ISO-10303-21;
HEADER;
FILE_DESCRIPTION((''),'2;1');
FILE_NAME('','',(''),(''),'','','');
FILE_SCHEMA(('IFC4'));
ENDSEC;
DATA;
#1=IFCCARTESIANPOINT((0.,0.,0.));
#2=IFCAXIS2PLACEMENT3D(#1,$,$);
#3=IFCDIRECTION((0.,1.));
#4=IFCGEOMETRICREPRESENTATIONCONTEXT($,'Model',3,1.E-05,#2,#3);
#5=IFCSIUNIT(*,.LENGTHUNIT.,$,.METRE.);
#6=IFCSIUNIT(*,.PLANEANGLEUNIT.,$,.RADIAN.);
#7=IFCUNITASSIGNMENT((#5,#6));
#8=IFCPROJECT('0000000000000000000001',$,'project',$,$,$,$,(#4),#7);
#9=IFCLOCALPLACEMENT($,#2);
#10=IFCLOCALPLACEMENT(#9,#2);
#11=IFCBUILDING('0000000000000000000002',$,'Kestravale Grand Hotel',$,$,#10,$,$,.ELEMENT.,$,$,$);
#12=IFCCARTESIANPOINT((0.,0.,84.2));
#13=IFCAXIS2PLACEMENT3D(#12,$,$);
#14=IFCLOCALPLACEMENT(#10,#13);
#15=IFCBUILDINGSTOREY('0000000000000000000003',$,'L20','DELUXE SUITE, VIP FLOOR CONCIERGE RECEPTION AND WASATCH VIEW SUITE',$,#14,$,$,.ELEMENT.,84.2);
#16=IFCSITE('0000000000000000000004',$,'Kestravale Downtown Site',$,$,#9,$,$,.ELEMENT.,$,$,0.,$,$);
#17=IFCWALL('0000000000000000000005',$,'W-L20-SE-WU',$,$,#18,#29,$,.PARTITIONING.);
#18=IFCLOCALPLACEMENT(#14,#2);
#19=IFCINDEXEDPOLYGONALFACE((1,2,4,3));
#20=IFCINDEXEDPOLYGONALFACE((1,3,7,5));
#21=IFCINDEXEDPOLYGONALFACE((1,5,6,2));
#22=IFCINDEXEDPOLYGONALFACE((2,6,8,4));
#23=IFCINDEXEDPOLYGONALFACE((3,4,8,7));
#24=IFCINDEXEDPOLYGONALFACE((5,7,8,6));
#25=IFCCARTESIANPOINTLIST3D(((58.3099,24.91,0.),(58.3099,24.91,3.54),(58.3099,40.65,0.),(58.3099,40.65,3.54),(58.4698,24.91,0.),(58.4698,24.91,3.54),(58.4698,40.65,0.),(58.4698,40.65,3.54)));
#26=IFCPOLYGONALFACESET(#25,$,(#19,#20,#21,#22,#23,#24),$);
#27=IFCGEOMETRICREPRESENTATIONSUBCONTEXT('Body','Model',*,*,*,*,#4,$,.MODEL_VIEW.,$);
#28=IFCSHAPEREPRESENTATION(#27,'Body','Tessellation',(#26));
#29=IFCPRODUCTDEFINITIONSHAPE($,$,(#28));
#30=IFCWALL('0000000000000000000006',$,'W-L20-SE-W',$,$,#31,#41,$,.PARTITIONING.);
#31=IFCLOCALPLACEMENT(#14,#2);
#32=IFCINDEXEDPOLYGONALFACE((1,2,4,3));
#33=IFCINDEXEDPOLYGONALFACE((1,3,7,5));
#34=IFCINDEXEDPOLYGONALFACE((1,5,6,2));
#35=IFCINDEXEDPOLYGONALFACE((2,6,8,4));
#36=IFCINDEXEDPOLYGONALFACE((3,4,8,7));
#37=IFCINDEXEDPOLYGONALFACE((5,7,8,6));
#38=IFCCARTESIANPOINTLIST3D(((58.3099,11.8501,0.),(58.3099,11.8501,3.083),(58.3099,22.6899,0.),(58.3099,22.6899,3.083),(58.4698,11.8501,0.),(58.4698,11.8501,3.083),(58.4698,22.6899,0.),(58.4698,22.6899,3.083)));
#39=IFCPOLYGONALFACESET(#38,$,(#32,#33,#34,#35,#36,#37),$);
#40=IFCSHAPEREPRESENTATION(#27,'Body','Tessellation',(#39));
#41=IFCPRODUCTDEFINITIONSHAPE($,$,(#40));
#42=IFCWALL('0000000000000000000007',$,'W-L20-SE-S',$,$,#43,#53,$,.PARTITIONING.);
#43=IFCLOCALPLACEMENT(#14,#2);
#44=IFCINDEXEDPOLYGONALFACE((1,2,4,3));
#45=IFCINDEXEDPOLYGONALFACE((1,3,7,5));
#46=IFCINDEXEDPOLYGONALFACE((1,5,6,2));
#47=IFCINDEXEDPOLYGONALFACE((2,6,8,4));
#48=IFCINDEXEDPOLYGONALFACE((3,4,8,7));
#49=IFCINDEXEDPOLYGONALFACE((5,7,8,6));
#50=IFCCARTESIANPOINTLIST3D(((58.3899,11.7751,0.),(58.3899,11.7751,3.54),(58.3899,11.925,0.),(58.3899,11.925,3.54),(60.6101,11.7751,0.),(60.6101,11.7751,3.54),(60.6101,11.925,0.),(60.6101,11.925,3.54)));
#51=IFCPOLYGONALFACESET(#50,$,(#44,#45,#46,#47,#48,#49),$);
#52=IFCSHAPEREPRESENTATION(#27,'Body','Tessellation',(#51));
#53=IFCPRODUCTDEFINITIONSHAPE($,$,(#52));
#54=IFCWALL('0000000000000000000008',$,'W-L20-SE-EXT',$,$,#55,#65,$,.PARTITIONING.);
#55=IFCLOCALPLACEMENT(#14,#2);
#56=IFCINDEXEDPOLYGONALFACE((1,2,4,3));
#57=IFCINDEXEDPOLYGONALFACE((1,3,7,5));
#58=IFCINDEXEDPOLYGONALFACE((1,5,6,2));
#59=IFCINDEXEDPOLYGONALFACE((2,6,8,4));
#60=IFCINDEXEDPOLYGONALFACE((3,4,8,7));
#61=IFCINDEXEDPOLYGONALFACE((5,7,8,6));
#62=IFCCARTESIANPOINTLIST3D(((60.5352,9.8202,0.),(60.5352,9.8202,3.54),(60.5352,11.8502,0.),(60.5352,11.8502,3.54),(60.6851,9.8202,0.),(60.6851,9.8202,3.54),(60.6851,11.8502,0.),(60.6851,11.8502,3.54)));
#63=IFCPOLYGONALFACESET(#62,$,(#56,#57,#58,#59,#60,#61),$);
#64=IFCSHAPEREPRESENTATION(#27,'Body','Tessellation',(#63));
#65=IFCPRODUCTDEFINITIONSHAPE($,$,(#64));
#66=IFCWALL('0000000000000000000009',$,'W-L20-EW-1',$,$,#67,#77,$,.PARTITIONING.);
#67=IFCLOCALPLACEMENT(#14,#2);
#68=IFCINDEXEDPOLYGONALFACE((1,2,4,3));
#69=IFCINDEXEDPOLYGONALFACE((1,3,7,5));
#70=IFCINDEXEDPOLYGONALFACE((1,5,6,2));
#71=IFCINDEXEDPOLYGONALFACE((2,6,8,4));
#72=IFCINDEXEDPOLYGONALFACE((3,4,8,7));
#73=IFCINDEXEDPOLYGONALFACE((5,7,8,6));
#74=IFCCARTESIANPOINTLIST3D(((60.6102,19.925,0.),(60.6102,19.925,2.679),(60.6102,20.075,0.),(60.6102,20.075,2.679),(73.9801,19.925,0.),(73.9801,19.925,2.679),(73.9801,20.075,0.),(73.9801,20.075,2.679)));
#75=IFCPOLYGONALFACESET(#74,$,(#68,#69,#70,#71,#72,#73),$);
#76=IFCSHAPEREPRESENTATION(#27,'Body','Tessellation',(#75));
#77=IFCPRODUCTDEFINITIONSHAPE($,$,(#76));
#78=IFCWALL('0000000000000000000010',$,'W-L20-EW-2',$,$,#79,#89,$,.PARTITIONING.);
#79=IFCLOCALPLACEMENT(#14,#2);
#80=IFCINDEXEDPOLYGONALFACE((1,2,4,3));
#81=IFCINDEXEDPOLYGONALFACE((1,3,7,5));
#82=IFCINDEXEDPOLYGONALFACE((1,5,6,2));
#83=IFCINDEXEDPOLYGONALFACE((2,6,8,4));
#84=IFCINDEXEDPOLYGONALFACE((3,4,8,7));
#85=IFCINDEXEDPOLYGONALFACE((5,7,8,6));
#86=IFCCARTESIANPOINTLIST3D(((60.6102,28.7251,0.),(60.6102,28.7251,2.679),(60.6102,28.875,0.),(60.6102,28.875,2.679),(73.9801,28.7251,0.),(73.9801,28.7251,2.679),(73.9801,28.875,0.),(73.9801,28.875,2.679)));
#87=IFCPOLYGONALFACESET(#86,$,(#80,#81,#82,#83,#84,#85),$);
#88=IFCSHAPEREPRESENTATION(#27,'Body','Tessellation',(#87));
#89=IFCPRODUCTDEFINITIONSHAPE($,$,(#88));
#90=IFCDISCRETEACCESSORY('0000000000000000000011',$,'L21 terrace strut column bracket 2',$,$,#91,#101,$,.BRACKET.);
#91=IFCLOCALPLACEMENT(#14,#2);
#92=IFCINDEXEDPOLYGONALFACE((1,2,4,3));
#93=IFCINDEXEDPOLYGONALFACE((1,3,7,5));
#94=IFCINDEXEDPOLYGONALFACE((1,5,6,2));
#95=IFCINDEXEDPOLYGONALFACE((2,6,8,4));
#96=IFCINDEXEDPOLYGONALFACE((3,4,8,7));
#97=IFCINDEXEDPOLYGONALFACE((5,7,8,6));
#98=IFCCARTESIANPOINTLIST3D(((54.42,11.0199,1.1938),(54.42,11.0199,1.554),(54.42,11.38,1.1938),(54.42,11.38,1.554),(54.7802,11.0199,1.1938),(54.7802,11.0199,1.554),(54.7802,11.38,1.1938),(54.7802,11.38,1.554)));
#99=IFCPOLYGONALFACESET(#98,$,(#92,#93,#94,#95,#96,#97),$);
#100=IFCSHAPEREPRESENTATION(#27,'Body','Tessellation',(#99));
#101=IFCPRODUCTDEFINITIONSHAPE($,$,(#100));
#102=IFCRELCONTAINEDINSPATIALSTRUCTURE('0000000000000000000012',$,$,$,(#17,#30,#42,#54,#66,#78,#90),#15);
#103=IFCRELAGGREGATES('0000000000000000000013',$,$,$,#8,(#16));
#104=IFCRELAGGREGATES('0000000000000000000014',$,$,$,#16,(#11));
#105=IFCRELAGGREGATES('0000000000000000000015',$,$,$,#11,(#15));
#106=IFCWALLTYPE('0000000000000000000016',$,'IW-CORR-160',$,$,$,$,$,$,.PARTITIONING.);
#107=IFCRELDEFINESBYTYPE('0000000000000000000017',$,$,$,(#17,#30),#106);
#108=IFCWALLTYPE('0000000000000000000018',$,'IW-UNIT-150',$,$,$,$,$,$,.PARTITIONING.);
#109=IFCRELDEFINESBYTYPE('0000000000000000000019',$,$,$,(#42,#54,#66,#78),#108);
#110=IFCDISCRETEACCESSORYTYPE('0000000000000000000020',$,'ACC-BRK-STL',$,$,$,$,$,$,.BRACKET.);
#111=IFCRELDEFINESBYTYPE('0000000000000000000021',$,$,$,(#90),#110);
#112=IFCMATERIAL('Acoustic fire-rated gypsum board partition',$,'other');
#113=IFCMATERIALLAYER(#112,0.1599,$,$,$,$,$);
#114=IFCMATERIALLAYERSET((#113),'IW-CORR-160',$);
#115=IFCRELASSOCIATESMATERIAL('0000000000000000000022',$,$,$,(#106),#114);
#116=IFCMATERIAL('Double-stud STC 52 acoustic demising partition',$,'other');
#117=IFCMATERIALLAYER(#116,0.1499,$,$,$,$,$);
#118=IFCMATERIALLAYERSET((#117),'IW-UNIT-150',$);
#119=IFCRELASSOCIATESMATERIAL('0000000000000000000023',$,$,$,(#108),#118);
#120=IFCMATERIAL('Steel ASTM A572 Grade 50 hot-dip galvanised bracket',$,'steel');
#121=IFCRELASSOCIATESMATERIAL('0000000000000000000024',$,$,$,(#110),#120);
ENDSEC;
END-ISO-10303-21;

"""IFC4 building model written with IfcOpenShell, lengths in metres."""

from ifc_helpers import new_model, si_unit, direction, frame, frame_2d, origin, origin_2d, place, context, subcontext, project, spatial, rectangle, extrude, material, layer, layer_set, type_object, element, save


model = new_model("IFC4")

# Units and contexts
model_context = context("Model", 3, precision=1e-05, world=origin(), true_north=direction((0.0, 1.0)))
body_context = subcontext(model_context, "Body", "Model", "MODEL_VIEW")
ifc_project = project(units=[si_unit("LENGTHUNIT", "METRE"), si_unit("PLANEANGLEUNIT", "RADIAN")], contexts=[model_context])

# Site, building, storey
site_placement = place(None, origin())
site = spatial("IfcSite", under=ifc_project, at=site_placement, Name="Kestravale Downtown Site", CompositionType="ELEMENT", RefElevation=0.0)
building_placement = place(site_placement, origin())
building = spatial("IfcBuilding", under=site, at=building_placement, Name="Kestravale Grand Hotel", CompositionType="ELEMENT")
storey_placement = place(building_placement, frame((0.0, 0.0, 84.2)))
storey = spatial("IfcBuildingStorey", under=building, at=storey_placement, Name="L20", Description="DELUXE SUITE, VIP FLOOR CONCIERGE RECEPTION AND WASATCH VIEW SUITE", CompositionType="ELEMENT", Elevation=84.2)

# Shared definitions
ifc_material_1 = material(Name="Acoustic fire-rated gypsum board partition", Category="other")
ifc_layer_1 = layer(ifc_material_1, 0.1599)
ifc_layer_set_1 = layer_set([ifc_layer_1], Name="IW-CORR-160")
wall_type_1 = type_object("IfcWallType", Name="IW-CORR-160", PredefinedType="PARTITIONING", material=ifc_layer_set_1)

# Walls
wall_1_placement = place(storey_placement, frame((58.3899, 24.9099, 0.0), z_axis=(0.0, 0.0, 1.0), x_axis=(0.0, 1.0, 0.0)))
element("IfcWall", 1, at=wall_1_placement, inside=storey, type_object=wall_type_1, Name="W-L20-SE-WU", PredefinedType="PARTITIONING", context=body_context, shape_type="SweptSolid", body=[
    extrude(rectangle(XDim=15.74, YDim=0.1599, at=frame_2d((7.8701, 0.0))), origin(), (0.0, 0.0, 1.0), 3.54),
])
wall_2_placement = place(storey_placement, frame((58.3899, 11.8501, 0.0), z_axis=(0.0, 0.0, 1.0), x_axis=(0.0, 1.0, 0.0)))
element("IfcWall", 2, at=wall_2_placement, inside=storey, type_object=wall_type_1, Name="W-L20-SE-W", PredefinedType="PARTITIONING", context=body_context, shape_type="SweptSolid", body=[
    extrude(rectangle(XDim=10.8398, YDim=0.1599, at=frame_2d((5.4199, 0.0))), origin(), (0.0, 0.0, 1.0), 3.083),
])
ifc_material_2 = material(Name="Double-stud STC 52 acoustic demising partition", Category="other")
ifc_layer_2 = layer(ifc_material_2, 0.1499)
ifc_layer_set_2 = layer_set([ifc_layer_2], Name="IW-UNIT-150")
wall_type_2 = type_object("IfcWallType", Name="IW-UNIT-150", PredefinedType="PARTITIONING", material=ifc_layer_set_2)
wall_3_placement = place(storey_placement, frame((58.3899, 11.8501, 0.0), z_axis=(0.0, 0.0, 1.0), x_axis=(1.0, 0.0, 0.0)))
element("IfcWall", 3, at=wall_3_placement, inside=storey, type_object=wall_type_2, Name="W-L20-SE-S", PredefinedType="PARTITIONING", context=body_context, shape_type="SweptSolid", body=[
    extrude(rectangle(XDim=2.2202, YDim=0.1499, at=frame_2d((1.1101, 0.0))), origin(), (0.0, 0.0, 1.0), 3.54),
])
wall_4_placement = place(storey_placement, frame((60.6101, 9.8201, 0.0), z_axis=(0.0, 0.0, 1.0), x_axis=(0.0, 1.0, 0.0)))
element("IfcWall", 4, at=wall_4_placement, inside=storey, type_object=wall_type_2, Name="W-L20-SE-EXT", PredefinedType="PARTITIONING", context=body_context, shape_type="SweptSolid", body=[
    extrude(rectangle(XDim=2.03, YDim=0.1499, at=frame_2d((1.0151, 0.0))), origin(), (0.0, 0.0, 1.0), 3.54),
])
for number, where, z_axis, x_axis, name in (
    (5, (60.6101, 20.0, 0.0), (0.0, 0.0, 1.0), (1.0, 0.0, 0.0), "W-L20-EW-1"),
    (6, (60.6101, 28.8, 0.0), (0.0, 0.0, 1.0), (1.0, 0.0, 0.0), "W-L20-EW-2"),
):
    element("IfcWall", number, at=place(storey_placement, frame(where, z_axis=z_axis, x_axis=x_axis)), inside=storey, type_object=wall_type_2, Name=name, PredefinedType="PARTITIONING", context=body_context, shape_type="SweptSolid", body=[
        extrude(rectangle(XDim=13.3699, YDim=0.1499, at=frame_2d((6.6851, 0.0))), origin(), (0.0, 0.0, 1.0), 2.679),
    ])

# Discrete accessory
ifc_material_3 = material(Name="Steel ASTM A572 Grade 50 hot-dip galvanised bracket", Category="steel")
discrete_accessory_type = type_object("IfcDiscreteAccessoryType", Name="ACC-BRK-STL", PredefinedType="BRACKET", material=ifc_material_3)
discrete_accessory_placement = place(storey_placement, frame((54.6001, 11.2, 1.1938), z_axis=(0.0, 0.0, 1.0), x_axis=(1.0, 0.0, 0.0)))
element("IfcDiscreteAccessory", 7, at=discrete_accessory_placement, inside=storey, type_object=discrete_accessory_type, Name="L21 terrace strut column bracket 2", PredefinedType="BRACKET", context=body_context, shape_type="SweptSolid", body=[
    extrude(rectangle(XDim=0.3601, YDim=0.3601, at=origin_2d()), origin(), (0.0, 0.0, 1.0), 0.3601),
])

save(model, "model.ifc")
